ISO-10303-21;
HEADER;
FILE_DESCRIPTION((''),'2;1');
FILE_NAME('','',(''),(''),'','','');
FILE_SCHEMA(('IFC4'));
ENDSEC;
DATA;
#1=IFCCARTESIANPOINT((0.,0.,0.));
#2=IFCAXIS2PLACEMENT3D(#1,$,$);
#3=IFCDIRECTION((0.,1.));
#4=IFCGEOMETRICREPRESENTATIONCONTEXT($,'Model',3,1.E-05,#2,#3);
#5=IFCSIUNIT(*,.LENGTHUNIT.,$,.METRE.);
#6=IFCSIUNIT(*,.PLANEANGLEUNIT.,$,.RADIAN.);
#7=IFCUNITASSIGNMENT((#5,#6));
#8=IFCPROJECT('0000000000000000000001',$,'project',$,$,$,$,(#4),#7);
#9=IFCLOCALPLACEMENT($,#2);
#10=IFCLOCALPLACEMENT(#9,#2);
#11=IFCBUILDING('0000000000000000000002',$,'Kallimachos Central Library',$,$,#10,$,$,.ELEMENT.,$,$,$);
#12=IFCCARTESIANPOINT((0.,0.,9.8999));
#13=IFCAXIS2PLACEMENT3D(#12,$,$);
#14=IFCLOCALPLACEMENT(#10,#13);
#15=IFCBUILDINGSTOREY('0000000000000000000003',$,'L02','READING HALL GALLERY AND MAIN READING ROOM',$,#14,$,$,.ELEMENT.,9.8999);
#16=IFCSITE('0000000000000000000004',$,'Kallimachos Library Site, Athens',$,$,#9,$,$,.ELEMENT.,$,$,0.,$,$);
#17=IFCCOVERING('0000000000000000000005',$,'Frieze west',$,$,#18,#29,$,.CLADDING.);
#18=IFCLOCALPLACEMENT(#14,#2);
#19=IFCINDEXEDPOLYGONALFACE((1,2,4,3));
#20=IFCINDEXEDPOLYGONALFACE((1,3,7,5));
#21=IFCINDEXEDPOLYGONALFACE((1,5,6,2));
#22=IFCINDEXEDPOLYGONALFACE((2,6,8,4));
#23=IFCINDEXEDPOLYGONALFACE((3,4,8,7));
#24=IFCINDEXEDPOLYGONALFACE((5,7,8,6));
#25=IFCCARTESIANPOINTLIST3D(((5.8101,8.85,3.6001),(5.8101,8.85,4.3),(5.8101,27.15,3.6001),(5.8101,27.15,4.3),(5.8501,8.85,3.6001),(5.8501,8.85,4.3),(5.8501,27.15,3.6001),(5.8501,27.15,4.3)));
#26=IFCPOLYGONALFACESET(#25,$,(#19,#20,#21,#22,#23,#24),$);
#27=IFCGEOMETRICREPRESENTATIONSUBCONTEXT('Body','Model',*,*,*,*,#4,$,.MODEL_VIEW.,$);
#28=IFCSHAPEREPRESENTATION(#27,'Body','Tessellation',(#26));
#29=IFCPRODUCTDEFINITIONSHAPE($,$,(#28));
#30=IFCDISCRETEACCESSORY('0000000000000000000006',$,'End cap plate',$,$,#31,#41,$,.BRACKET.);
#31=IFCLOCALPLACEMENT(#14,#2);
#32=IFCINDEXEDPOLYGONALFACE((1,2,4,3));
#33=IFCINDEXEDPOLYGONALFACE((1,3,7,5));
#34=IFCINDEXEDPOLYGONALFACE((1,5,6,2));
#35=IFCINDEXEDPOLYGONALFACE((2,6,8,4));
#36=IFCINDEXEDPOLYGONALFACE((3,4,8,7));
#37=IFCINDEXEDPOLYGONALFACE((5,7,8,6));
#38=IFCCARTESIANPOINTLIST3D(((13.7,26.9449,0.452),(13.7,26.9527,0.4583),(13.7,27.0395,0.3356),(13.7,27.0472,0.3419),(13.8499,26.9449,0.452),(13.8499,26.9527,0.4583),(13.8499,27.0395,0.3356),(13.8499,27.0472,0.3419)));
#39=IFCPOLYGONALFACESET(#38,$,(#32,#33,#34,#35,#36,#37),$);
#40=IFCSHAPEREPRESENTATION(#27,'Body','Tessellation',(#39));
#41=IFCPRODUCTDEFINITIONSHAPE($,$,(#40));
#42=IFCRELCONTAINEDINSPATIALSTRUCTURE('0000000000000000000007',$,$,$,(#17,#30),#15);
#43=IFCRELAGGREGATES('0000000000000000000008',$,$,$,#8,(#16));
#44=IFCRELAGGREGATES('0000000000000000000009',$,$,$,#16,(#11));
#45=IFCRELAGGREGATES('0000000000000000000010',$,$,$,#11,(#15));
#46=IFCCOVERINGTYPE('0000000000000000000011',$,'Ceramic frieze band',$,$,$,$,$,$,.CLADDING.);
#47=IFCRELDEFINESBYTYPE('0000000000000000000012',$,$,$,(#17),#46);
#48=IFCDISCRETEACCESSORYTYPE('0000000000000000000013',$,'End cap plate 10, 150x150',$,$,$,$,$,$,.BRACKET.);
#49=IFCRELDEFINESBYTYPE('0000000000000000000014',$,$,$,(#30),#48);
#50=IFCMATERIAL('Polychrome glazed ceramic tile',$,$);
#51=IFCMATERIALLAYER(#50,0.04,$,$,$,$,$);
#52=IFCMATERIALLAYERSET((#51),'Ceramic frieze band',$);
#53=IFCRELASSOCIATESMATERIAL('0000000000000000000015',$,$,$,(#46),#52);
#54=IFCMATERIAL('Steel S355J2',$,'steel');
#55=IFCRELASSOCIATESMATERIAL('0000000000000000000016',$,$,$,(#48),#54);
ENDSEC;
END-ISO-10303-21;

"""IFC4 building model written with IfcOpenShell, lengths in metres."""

from ifc_helpers import new_model, si_unit, direction, frame, origin, origin_2d, place, context, subcontext, project, spatial, rectangle, extrude, material, layer, layer_set, material_profile, profile_set, type_object, element, save


model = new_model("IFC4")

# Units and contexts
model_context = context("Model", 3, precision=1e-05, world=origin(), true_north=direction((0.0, 1.0)))
body_context = subcontext(model_context, "Body", "Model", "MODEL_VIEW")
ifc_project = project(units=[si_unit("LENGTHUNIT", "METRE"), si_unit("PLANEANGLEUNIT", "RADIAN")], contexts=[model_context])

# Site, building, storey
site_placement = place(None, origin())
site = spatial("IfcSite", under=ifc_project, at=site_placement, Name="Kallimachos Library Site, Athens", CompositionType="ELEMENT", RefElevation=0.0)
building_placement = place(site_placement, origin())
building = spatial("IfcBuilding", under=site, at=building_placement, Name="Kallimachos Central Library", CompositionType="ELEMENT")
storey_placement = place(building_placement, frame((0.0, 0.0, 9.8999)))
storey = spatial("IfcBuildingStorey", under=building, at=storey_placement, Name="L02", Description="READING HALL GALLERY AND MAIN READING ROOM", CompositionType="ELEMENT", Elevation=9.8999)

# Covering
ifc_material_1 = material(Name="Polychrome glazed ceramic tile")
ifc_layer_1 = layer(ifc_material_1, 0.04)
ifc_layer_set_1 = layer_set([ifc_layer_1], Name="Ceramic frieze band")
covering_type = type_object("IfcCoveringType", Name="Ceramic frieze band", PredefinedType="CLADDING", material=ifc_layer_set_1)
covering_placement = place(storey_placement, frame((5.8301, 18.0, 3.6001), z_axis=(0.0, 0.0, 1.0), x_axis=(1.0, 0.0, 0.0)))
element("IfcCovering", 1, at=covering_placement, inside=storey, type_object=covering_type, Name="Frieze west", PredefinedType="CLADDING", context=body_context, shape_type="SweptSolid", body=[
    extrude(rectangle(XDim=0.04, YDim=18.3, at=origin_2d()), origin(), (0.0, 0.0, 1.0), 0.7),
])

# Discrete accessory
ifc_material_2 = material(Name="Steel S355J2", Category="steel")
ifc_material_profile_1 = material_profile(ifc_material_2, rectangle(XDim=0.1499, YDim=0.1499, at=origin_2d()), Name="End cap plate 10, 150x150")
ifc_profile_set_1 = profile_set([ifc_material_profile_1], Name="Steel S355J2")
discrete_accessory_type = type_object("IfcDiscreteAccessoryType", Name="End cap plate 10, 150x150", PredefinedType="BRACKET", material=ifc_profile_set_1)
discrete_accessory_placement = place(storey_placement, frame((13.7749, 26.9922, 0.3938), z_axis=(0.0, 0.776114, 0.630593), x_axis=(-1.0, 0.0, 0.0)))
element("IfcDiscreteAccessory", 2, at=discrete_accessory_placement, inside=storey, type_object=discrete_accessory_type, Name="End cap plate", PredefinedType="BRACKET", context=body_context, shape_type="SweptSolid", body=[
    extrude(rectangle(XDim=0.1499, YDim=0.1499, at=origin_2d()), origin(), (0.0, 0.0, 1.0), 0.01),
])

save(model, "model.ifc")
